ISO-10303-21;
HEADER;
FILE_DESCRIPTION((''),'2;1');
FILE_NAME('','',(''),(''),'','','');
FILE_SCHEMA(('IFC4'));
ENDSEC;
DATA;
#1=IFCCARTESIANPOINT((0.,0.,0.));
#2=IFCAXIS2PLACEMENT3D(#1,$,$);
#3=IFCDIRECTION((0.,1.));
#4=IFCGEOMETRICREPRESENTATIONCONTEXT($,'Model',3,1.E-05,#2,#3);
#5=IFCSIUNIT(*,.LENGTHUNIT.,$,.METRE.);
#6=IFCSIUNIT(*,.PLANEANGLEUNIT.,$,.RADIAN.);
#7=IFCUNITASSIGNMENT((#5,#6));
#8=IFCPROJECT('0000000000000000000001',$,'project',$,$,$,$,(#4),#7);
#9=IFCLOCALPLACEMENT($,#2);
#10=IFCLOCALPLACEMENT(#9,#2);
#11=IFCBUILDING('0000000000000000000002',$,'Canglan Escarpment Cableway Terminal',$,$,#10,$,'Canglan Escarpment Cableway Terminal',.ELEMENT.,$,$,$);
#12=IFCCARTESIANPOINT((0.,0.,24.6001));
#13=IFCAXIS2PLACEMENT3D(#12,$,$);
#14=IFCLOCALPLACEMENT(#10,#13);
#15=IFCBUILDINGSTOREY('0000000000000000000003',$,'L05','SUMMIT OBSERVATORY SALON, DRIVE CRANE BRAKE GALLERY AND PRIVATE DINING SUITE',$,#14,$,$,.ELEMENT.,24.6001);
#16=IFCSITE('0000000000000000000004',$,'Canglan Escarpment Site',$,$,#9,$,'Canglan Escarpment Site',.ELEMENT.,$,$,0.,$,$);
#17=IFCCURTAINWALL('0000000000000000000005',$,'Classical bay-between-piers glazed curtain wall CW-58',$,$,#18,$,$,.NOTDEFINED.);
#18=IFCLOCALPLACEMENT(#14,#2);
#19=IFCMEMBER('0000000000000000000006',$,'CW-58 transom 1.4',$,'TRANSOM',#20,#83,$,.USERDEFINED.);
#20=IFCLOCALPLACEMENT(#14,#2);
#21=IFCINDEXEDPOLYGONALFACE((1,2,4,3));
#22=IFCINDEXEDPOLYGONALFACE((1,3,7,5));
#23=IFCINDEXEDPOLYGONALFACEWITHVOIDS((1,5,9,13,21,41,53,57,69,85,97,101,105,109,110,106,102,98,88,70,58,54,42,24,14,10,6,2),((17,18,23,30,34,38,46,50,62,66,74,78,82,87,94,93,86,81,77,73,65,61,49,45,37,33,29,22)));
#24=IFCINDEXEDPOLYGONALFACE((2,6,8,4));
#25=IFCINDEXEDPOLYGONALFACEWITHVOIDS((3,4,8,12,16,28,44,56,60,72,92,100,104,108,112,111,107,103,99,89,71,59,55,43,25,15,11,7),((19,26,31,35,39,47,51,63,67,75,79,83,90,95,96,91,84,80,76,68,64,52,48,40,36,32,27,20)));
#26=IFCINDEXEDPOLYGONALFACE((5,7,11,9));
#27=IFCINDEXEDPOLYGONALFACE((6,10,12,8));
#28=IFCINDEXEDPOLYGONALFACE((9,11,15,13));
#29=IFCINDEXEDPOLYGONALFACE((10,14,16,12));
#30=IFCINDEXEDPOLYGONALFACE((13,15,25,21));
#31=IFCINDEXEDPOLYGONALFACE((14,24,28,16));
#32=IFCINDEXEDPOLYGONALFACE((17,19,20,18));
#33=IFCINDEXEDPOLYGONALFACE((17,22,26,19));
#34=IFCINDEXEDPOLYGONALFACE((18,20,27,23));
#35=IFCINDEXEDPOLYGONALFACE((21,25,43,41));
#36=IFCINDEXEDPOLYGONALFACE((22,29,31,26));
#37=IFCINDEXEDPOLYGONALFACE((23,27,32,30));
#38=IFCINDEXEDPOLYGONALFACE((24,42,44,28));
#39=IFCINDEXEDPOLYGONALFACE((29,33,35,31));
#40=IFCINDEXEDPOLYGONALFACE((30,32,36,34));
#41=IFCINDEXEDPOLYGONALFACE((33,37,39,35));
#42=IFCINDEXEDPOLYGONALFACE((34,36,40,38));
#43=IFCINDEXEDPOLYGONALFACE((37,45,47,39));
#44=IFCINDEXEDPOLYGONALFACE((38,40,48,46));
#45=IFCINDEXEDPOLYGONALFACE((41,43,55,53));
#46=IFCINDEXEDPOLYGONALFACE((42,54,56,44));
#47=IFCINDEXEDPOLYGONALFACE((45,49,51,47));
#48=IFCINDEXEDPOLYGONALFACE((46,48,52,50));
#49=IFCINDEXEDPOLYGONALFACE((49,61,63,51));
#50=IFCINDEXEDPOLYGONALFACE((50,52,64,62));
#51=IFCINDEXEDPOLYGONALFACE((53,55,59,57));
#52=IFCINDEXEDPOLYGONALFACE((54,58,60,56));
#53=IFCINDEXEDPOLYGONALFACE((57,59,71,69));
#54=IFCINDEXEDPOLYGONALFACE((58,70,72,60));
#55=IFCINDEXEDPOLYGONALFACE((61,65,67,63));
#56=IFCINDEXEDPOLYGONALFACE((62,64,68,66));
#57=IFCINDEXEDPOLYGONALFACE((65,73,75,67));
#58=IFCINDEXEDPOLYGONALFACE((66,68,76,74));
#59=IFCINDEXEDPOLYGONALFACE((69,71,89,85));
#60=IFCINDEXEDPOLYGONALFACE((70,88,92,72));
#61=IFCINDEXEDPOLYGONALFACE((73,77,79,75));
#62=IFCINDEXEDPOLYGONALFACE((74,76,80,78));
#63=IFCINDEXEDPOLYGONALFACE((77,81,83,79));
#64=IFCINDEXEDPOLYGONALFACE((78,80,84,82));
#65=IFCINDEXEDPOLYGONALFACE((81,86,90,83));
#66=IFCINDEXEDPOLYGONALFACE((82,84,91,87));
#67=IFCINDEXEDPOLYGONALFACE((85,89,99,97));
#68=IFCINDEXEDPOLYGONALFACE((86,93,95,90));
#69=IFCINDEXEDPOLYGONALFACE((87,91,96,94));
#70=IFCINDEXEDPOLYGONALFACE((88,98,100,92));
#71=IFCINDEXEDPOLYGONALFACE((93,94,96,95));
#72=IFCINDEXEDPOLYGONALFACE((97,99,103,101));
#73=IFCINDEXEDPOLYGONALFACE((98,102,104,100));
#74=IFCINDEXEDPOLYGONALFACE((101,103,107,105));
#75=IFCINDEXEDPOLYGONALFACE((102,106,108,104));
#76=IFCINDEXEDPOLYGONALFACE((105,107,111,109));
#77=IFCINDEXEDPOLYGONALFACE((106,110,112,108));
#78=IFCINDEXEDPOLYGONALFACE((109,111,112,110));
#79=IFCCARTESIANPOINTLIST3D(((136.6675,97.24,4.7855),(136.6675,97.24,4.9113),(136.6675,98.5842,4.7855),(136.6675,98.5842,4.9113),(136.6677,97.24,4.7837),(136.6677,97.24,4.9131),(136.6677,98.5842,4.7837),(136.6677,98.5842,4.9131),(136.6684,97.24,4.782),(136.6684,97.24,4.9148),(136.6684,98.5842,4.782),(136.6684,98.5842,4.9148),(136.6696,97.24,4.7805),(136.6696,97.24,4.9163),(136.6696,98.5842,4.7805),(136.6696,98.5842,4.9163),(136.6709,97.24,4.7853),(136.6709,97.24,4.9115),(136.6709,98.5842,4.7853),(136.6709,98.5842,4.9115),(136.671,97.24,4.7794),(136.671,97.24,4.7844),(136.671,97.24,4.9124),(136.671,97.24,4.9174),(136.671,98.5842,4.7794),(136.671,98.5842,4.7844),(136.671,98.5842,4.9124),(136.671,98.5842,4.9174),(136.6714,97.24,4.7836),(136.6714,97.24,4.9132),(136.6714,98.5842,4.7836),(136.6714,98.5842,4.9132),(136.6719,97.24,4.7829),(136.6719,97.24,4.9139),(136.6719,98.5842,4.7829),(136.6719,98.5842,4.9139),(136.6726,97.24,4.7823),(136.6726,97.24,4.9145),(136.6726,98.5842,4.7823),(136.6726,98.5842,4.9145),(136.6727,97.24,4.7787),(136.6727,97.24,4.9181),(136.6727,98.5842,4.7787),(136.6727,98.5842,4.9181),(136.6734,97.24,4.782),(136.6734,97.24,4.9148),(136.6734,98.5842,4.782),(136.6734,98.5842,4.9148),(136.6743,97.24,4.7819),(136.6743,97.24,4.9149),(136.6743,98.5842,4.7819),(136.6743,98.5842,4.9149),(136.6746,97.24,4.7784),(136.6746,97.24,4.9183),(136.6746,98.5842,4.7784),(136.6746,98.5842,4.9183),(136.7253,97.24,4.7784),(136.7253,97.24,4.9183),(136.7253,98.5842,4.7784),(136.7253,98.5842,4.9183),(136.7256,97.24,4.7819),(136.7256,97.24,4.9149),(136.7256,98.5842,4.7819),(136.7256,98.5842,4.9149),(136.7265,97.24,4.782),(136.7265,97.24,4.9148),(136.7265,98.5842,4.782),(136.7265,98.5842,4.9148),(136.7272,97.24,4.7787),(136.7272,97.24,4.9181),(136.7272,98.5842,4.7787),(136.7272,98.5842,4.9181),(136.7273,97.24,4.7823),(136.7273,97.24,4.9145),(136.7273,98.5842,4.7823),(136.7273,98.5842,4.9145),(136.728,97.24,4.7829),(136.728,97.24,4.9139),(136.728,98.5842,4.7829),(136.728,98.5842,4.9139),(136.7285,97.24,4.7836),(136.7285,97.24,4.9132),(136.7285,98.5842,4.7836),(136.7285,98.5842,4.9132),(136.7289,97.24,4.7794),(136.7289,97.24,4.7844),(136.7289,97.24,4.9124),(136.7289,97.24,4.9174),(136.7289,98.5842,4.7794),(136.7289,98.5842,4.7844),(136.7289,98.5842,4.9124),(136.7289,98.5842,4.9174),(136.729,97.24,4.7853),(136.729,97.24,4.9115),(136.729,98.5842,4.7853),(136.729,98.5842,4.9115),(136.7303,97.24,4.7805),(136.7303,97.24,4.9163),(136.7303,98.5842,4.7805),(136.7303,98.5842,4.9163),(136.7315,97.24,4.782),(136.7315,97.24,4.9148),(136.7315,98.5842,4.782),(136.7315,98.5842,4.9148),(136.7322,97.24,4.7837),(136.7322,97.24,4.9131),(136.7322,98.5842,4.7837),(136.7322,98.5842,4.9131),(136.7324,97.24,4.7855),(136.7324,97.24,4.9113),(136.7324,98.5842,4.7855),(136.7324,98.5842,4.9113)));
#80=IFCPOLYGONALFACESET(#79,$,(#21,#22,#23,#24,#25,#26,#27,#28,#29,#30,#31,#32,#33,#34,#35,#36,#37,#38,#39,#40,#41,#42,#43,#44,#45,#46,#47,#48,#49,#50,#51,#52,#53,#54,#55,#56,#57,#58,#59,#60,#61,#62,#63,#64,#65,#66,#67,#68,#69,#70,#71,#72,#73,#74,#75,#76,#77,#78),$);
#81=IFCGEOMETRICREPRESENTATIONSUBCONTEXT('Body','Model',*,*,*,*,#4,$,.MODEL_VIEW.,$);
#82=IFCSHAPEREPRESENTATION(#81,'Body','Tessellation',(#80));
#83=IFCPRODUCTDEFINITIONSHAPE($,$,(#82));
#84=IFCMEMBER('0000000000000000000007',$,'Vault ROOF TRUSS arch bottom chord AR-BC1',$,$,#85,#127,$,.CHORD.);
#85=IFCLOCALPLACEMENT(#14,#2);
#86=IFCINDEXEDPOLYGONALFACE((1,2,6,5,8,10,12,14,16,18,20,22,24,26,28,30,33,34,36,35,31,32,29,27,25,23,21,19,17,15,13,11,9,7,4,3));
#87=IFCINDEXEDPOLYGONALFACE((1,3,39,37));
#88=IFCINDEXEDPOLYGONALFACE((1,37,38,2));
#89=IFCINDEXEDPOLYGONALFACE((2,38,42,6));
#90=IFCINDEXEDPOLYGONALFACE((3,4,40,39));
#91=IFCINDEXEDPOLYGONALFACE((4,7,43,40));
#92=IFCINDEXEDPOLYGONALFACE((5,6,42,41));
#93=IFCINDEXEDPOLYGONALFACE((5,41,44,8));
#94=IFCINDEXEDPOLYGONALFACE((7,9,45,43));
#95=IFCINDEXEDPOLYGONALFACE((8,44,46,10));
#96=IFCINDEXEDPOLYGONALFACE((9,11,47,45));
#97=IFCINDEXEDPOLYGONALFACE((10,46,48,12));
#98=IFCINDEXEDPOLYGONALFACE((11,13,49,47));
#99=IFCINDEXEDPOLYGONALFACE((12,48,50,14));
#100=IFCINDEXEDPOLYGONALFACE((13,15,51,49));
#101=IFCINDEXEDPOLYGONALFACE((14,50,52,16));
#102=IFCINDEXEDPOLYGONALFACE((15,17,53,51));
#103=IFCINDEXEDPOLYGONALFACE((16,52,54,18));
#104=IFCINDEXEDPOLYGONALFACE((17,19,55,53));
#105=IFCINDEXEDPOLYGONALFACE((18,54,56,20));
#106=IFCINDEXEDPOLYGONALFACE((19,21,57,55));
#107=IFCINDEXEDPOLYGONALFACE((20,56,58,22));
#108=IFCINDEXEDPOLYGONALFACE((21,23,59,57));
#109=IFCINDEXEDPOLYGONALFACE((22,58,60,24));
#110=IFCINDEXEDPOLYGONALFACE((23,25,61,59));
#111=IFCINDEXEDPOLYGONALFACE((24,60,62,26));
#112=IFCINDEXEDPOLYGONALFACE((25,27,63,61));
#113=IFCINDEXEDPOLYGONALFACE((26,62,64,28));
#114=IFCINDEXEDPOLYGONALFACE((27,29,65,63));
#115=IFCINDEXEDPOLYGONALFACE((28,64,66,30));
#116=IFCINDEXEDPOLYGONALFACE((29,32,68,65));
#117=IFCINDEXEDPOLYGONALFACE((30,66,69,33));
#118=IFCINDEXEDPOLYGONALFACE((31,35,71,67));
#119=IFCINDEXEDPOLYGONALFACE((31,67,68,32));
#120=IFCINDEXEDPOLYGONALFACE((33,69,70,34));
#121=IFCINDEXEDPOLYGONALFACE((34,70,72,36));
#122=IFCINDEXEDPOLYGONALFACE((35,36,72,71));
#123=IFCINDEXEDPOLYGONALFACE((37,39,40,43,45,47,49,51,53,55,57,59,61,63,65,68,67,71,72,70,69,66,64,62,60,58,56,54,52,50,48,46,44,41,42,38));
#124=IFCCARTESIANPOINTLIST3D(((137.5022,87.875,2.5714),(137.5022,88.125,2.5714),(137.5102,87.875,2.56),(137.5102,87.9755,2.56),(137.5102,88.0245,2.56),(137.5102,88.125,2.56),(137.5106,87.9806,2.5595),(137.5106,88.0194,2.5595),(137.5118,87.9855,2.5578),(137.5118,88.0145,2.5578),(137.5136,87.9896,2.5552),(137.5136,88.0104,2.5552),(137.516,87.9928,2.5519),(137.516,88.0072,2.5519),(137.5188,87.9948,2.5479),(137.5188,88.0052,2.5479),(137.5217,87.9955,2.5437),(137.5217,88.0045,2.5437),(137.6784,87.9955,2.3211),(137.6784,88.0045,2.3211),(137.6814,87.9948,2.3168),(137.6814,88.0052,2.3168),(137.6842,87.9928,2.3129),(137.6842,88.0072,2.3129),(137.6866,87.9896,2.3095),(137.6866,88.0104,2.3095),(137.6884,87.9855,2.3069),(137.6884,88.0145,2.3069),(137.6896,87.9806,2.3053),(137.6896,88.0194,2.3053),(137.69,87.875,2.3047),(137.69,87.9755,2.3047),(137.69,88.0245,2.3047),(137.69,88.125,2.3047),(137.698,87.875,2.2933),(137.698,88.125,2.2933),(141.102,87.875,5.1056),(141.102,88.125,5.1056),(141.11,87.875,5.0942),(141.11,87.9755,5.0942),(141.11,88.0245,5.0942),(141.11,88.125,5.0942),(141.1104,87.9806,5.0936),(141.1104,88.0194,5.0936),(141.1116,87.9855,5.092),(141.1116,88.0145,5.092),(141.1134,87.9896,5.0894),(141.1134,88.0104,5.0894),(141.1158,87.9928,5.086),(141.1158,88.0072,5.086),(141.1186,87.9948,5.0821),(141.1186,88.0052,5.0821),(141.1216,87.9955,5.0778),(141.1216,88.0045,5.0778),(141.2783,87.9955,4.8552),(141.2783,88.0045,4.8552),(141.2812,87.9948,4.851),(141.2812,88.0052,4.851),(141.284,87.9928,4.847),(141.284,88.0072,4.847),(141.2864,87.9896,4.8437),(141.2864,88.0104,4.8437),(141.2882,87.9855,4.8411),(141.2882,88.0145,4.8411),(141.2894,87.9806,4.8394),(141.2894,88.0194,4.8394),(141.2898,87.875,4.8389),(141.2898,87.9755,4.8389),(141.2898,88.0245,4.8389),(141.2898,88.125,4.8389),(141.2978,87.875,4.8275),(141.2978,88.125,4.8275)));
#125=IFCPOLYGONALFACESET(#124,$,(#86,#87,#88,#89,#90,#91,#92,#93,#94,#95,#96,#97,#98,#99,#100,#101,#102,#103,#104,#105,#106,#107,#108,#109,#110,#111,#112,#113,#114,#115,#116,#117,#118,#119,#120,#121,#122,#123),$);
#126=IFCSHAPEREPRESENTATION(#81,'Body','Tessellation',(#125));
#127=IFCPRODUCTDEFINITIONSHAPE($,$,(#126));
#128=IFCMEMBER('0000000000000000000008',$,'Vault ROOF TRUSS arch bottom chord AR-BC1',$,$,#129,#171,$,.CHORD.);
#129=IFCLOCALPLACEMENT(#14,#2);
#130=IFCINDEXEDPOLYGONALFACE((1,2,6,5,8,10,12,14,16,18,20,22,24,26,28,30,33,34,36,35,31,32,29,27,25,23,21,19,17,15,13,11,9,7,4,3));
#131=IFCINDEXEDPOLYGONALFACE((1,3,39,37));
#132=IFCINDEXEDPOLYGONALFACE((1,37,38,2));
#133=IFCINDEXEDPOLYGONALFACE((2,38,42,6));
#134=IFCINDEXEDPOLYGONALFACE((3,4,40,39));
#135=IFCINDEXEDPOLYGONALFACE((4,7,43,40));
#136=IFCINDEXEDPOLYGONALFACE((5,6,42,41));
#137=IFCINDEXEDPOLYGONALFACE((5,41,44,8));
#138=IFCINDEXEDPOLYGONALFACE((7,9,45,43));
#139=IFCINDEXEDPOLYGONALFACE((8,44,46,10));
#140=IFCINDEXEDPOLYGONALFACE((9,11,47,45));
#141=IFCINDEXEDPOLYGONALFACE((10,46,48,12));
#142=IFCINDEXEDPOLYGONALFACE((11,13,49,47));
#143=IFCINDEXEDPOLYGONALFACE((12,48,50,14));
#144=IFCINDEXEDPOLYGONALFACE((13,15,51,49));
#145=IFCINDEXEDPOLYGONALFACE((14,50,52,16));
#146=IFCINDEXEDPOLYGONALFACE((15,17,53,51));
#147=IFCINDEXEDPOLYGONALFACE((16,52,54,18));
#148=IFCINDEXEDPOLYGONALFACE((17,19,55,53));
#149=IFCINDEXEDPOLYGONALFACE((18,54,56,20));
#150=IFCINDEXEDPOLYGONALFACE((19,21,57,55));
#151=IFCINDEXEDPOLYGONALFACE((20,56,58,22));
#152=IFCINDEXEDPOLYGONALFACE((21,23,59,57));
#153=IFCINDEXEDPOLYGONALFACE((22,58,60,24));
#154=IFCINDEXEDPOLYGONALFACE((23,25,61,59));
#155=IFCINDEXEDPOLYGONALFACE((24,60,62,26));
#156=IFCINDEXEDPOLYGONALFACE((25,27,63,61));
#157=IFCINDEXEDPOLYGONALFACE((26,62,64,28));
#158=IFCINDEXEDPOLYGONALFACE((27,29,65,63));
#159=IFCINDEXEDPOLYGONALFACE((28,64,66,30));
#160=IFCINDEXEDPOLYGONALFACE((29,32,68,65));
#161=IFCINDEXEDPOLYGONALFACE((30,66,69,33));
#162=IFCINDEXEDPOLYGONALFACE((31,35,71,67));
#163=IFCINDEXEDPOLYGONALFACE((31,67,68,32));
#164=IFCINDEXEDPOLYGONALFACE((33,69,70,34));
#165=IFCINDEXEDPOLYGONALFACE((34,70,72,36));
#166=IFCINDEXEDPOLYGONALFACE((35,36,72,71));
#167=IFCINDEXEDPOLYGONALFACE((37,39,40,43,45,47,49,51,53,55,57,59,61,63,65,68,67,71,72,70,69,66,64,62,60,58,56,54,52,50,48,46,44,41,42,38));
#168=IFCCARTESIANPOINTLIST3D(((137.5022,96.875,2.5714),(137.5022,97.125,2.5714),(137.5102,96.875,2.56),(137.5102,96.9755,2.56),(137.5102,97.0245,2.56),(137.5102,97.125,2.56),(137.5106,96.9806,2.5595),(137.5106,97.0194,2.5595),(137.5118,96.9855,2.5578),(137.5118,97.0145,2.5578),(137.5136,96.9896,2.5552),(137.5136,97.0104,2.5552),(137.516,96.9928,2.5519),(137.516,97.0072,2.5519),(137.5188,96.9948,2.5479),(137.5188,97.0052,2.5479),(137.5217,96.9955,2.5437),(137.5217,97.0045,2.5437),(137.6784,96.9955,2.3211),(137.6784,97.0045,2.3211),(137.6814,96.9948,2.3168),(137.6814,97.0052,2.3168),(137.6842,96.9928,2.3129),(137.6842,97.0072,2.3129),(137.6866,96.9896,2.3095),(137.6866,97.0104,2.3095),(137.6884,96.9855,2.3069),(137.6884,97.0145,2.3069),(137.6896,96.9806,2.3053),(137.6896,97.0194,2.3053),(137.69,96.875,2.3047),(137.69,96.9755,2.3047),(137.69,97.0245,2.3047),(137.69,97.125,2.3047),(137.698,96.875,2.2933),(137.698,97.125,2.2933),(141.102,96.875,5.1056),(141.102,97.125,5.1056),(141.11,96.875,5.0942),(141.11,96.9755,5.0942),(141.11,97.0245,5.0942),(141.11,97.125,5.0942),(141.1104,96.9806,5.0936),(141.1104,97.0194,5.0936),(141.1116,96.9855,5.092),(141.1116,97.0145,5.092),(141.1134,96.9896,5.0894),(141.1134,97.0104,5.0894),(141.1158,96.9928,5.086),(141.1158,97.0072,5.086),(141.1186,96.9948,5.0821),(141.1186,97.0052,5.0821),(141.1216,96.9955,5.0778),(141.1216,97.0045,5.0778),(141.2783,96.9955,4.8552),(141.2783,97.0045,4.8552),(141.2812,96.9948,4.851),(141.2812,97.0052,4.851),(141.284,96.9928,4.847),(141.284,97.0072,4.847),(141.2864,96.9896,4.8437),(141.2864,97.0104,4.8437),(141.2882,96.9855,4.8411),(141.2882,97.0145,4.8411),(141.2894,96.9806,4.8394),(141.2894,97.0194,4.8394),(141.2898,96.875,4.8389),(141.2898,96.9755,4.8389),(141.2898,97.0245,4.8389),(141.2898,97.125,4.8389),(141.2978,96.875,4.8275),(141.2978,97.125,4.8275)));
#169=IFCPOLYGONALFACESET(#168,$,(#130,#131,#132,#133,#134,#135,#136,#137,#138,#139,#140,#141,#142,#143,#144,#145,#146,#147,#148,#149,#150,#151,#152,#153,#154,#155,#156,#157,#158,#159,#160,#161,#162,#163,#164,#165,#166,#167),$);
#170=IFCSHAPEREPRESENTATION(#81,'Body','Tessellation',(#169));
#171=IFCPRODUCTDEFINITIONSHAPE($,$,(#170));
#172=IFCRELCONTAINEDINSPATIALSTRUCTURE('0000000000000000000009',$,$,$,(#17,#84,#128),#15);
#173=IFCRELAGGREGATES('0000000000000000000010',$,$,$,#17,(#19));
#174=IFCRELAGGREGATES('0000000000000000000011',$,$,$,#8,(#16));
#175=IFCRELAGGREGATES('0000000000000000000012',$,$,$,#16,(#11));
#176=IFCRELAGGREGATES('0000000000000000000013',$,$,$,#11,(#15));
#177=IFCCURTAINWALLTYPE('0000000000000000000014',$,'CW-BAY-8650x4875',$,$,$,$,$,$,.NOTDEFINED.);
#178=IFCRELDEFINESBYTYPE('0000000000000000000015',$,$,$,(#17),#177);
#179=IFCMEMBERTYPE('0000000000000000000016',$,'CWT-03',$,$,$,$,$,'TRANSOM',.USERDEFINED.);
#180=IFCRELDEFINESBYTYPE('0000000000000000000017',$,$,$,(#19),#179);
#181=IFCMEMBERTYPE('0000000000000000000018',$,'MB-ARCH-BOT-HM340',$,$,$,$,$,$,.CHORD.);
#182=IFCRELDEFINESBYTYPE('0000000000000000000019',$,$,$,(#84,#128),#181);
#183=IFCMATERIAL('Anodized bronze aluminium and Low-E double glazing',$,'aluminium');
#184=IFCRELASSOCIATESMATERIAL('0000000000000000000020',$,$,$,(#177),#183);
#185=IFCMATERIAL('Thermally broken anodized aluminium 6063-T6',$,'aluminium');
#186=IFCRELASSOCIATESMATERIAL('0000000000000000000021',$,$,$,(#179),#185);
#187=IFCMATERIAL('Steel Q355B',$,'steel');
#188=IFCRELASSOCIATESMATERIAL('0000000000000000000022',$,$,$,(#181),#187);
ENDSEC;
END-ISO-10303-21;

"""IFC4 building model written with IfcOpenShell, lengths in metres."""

from ifc_helpers import new_model, si_unit, direction, frame, origin, origin_2d, place, context, subcontext, project, spatial, hollow_rectangle, i_section, extrude, material, material_profile, profile_set, type_object, element, aggregate, save


model = new_model("IFC4")

# Units and contexts
model_context = context("Model", 3, precision=1e-05, world=origin(), true_north=direction((0.0, 1.0)))
body_context = subcontext(model_context, "Body", "Model", "MODEL_VIEW")
ifc_project = project(units=[si_unit("LENGTHUNIT", "METRE"), si_unit("PLANEANGLEUNIT", "RADIAN")], contexts=[model_context])

# Site, building, storey
site_placement = place(None, origin())
site = spatial("IfcSite", under=ifc_project, at=site_placement, Name="Canglan Escarpment Site", LongName="Canglan Escarpment Site", CompositionType="ELEMENT", RefElevation=0.0)
building_placement = place(site_placement, origin())
building = spatial("IfcBuilding", under=site, at=building_placement, Name="Canglan Escarpment Cableway Terminal", LongName="Canglan Escarpment Cableway Terminal", CompositionType="ELEMENT")
storey_placement = place(building_placement, frame((0.0, 0.0, 24.6001)))
storey = spatial("IfcBuildingStorey", under=building, at=storey_placement, Name="L05", Description="SUMMIT OBSERVATORY SALON, DRIVE CRANE BRAKE GALLERY AND PRIVATE DINING SUITE", CompositionType="ELEMENT", Elevation=24.6001)

# Shared definitions
ifc_material_1 = material(Name="Steel Q355B", Category="steel")

# Curtain wall
ifc_material_2 = material(Name="Anodized bronze aluminium and Low-E double glazing", Category="aluminium")
curtain_wall_type_1 = type_object("IfcCurtainWallType", Name="CW-BAY-8650x4875", PredefinedType="NOTDEFINED", material=ifc_material_2)
curtain_wall_1_placement = place(storey_placement, origin())
curtain_wall_1 = element("IfcCurtainWall", 1, at=curtain_wall_1_placement, inside=storey, type_object=curtain_wall_type_1, Name="Classical bay-between-piers glazed curtain wall CW-58", PredefinedType="NOTDEFINED")
ifc_material_3 = material(Name="Thermally broken anodized aluminium 6063-T6", Category="aluminium")

# Member
ifc_material_profile_1 = material_profile(ifc_material_3, hollow_rectangle(XDim=0.0649, YDim=0.1399, WallThickness=0.0034, InnerFilletRadius=0.0034, OuterFilletRadius=0.0071, at=origin_2d()), Name="ALU-TRAN 65x140x3.5")
ifc_profile_set_1 = profile_set([ifc_material_profile_1], Name="Thermally broken anodized aluminium 6063-T6")
member_type_1 = type_object("IfcMemberType", Name="CWT-03", ElementType="TRANSOM", PredefinedType="USERDEFINED", material=ifc_profile_set_1)
member_1_placement = place(storey_placement, frame((136.7, 97.24, 4.8484), z_axis=(0.0, 1.0, 0.0), x_axis=(-1.0, 0.0, 0.0)))
member_1 = element("IfcMember", 2, at=member_1_placement, type_object=member_type_1, Name="CW-58 transom 1.4", ObjectType="TRANSOM", PredefinedType="USERDEFINED", context=body_context, shape_type="SweptSolid", body=[
    extrude(hollow_rectangle(XDim=0.0649, YDim=0.1399, WallThickness=0.0034, InnerFilletRadius=0.0034, OuterFilletRadius=0.0071, at=origin_2d()), origin(), (0.0, 0.0, 1.0), 1.3442),
])

# Members
ifc_material_profile_2 = material_profile(ifc_material_1, i_section(OverallWidth=0.25, OverallDepth=0.3401, WebThickness=0.009, FlangeThickness=0.0139, FilletRadius=0.02, at=origin_2d()), Name="HM 340x250x9x14")
ifc_profile_set_2 = profile_set([ifc_material_profile_2], Name="Steel Q355B")
member_type_2 = type_object("IfcMemberType", Name="MB-ARCH-BOT-HM340", PredefinedType="CHORD", material=ifc_profile_set_2)
for number, where, z_axis, x_axis, name in (
    (3, (137.6001, 88.0, 2.4324), (0.817705, 0.0, 0.575638), (0.0, 1.0, 0.0), "Vault ROOF TRUSS arch bottom chord AR-BC1"),
    (4, (137.6001, 97.0, 2.4324), (0.817705, 0.0, 0.575638), (0.0, 1.0, 0.0), "Vault ROOF TRUSS arch bottom chord AR-BC1"),
):
    element("IfcMember", number, at=place(storey_placement, frame(where, z_axis=z_axis, x_axis=x_axis)), inside=storey, type_object=member_type_2, Name=name, PredefinedType="CHORD", context=body_context, shape_type="SweptSolid", body=[
        extrude(i_section(OverallWidth=0.25, OverallDepth=0.3401, WebThickness=0.009, FlangeThickness=0.0139, FilletRadius=0.02, at=origin_2d()), origin(), (0.0, 0.0, 1.0), 4.4023),
    ])

aggregate(curtain_wall_1, [member_1])

save(model, "model.ifc")
